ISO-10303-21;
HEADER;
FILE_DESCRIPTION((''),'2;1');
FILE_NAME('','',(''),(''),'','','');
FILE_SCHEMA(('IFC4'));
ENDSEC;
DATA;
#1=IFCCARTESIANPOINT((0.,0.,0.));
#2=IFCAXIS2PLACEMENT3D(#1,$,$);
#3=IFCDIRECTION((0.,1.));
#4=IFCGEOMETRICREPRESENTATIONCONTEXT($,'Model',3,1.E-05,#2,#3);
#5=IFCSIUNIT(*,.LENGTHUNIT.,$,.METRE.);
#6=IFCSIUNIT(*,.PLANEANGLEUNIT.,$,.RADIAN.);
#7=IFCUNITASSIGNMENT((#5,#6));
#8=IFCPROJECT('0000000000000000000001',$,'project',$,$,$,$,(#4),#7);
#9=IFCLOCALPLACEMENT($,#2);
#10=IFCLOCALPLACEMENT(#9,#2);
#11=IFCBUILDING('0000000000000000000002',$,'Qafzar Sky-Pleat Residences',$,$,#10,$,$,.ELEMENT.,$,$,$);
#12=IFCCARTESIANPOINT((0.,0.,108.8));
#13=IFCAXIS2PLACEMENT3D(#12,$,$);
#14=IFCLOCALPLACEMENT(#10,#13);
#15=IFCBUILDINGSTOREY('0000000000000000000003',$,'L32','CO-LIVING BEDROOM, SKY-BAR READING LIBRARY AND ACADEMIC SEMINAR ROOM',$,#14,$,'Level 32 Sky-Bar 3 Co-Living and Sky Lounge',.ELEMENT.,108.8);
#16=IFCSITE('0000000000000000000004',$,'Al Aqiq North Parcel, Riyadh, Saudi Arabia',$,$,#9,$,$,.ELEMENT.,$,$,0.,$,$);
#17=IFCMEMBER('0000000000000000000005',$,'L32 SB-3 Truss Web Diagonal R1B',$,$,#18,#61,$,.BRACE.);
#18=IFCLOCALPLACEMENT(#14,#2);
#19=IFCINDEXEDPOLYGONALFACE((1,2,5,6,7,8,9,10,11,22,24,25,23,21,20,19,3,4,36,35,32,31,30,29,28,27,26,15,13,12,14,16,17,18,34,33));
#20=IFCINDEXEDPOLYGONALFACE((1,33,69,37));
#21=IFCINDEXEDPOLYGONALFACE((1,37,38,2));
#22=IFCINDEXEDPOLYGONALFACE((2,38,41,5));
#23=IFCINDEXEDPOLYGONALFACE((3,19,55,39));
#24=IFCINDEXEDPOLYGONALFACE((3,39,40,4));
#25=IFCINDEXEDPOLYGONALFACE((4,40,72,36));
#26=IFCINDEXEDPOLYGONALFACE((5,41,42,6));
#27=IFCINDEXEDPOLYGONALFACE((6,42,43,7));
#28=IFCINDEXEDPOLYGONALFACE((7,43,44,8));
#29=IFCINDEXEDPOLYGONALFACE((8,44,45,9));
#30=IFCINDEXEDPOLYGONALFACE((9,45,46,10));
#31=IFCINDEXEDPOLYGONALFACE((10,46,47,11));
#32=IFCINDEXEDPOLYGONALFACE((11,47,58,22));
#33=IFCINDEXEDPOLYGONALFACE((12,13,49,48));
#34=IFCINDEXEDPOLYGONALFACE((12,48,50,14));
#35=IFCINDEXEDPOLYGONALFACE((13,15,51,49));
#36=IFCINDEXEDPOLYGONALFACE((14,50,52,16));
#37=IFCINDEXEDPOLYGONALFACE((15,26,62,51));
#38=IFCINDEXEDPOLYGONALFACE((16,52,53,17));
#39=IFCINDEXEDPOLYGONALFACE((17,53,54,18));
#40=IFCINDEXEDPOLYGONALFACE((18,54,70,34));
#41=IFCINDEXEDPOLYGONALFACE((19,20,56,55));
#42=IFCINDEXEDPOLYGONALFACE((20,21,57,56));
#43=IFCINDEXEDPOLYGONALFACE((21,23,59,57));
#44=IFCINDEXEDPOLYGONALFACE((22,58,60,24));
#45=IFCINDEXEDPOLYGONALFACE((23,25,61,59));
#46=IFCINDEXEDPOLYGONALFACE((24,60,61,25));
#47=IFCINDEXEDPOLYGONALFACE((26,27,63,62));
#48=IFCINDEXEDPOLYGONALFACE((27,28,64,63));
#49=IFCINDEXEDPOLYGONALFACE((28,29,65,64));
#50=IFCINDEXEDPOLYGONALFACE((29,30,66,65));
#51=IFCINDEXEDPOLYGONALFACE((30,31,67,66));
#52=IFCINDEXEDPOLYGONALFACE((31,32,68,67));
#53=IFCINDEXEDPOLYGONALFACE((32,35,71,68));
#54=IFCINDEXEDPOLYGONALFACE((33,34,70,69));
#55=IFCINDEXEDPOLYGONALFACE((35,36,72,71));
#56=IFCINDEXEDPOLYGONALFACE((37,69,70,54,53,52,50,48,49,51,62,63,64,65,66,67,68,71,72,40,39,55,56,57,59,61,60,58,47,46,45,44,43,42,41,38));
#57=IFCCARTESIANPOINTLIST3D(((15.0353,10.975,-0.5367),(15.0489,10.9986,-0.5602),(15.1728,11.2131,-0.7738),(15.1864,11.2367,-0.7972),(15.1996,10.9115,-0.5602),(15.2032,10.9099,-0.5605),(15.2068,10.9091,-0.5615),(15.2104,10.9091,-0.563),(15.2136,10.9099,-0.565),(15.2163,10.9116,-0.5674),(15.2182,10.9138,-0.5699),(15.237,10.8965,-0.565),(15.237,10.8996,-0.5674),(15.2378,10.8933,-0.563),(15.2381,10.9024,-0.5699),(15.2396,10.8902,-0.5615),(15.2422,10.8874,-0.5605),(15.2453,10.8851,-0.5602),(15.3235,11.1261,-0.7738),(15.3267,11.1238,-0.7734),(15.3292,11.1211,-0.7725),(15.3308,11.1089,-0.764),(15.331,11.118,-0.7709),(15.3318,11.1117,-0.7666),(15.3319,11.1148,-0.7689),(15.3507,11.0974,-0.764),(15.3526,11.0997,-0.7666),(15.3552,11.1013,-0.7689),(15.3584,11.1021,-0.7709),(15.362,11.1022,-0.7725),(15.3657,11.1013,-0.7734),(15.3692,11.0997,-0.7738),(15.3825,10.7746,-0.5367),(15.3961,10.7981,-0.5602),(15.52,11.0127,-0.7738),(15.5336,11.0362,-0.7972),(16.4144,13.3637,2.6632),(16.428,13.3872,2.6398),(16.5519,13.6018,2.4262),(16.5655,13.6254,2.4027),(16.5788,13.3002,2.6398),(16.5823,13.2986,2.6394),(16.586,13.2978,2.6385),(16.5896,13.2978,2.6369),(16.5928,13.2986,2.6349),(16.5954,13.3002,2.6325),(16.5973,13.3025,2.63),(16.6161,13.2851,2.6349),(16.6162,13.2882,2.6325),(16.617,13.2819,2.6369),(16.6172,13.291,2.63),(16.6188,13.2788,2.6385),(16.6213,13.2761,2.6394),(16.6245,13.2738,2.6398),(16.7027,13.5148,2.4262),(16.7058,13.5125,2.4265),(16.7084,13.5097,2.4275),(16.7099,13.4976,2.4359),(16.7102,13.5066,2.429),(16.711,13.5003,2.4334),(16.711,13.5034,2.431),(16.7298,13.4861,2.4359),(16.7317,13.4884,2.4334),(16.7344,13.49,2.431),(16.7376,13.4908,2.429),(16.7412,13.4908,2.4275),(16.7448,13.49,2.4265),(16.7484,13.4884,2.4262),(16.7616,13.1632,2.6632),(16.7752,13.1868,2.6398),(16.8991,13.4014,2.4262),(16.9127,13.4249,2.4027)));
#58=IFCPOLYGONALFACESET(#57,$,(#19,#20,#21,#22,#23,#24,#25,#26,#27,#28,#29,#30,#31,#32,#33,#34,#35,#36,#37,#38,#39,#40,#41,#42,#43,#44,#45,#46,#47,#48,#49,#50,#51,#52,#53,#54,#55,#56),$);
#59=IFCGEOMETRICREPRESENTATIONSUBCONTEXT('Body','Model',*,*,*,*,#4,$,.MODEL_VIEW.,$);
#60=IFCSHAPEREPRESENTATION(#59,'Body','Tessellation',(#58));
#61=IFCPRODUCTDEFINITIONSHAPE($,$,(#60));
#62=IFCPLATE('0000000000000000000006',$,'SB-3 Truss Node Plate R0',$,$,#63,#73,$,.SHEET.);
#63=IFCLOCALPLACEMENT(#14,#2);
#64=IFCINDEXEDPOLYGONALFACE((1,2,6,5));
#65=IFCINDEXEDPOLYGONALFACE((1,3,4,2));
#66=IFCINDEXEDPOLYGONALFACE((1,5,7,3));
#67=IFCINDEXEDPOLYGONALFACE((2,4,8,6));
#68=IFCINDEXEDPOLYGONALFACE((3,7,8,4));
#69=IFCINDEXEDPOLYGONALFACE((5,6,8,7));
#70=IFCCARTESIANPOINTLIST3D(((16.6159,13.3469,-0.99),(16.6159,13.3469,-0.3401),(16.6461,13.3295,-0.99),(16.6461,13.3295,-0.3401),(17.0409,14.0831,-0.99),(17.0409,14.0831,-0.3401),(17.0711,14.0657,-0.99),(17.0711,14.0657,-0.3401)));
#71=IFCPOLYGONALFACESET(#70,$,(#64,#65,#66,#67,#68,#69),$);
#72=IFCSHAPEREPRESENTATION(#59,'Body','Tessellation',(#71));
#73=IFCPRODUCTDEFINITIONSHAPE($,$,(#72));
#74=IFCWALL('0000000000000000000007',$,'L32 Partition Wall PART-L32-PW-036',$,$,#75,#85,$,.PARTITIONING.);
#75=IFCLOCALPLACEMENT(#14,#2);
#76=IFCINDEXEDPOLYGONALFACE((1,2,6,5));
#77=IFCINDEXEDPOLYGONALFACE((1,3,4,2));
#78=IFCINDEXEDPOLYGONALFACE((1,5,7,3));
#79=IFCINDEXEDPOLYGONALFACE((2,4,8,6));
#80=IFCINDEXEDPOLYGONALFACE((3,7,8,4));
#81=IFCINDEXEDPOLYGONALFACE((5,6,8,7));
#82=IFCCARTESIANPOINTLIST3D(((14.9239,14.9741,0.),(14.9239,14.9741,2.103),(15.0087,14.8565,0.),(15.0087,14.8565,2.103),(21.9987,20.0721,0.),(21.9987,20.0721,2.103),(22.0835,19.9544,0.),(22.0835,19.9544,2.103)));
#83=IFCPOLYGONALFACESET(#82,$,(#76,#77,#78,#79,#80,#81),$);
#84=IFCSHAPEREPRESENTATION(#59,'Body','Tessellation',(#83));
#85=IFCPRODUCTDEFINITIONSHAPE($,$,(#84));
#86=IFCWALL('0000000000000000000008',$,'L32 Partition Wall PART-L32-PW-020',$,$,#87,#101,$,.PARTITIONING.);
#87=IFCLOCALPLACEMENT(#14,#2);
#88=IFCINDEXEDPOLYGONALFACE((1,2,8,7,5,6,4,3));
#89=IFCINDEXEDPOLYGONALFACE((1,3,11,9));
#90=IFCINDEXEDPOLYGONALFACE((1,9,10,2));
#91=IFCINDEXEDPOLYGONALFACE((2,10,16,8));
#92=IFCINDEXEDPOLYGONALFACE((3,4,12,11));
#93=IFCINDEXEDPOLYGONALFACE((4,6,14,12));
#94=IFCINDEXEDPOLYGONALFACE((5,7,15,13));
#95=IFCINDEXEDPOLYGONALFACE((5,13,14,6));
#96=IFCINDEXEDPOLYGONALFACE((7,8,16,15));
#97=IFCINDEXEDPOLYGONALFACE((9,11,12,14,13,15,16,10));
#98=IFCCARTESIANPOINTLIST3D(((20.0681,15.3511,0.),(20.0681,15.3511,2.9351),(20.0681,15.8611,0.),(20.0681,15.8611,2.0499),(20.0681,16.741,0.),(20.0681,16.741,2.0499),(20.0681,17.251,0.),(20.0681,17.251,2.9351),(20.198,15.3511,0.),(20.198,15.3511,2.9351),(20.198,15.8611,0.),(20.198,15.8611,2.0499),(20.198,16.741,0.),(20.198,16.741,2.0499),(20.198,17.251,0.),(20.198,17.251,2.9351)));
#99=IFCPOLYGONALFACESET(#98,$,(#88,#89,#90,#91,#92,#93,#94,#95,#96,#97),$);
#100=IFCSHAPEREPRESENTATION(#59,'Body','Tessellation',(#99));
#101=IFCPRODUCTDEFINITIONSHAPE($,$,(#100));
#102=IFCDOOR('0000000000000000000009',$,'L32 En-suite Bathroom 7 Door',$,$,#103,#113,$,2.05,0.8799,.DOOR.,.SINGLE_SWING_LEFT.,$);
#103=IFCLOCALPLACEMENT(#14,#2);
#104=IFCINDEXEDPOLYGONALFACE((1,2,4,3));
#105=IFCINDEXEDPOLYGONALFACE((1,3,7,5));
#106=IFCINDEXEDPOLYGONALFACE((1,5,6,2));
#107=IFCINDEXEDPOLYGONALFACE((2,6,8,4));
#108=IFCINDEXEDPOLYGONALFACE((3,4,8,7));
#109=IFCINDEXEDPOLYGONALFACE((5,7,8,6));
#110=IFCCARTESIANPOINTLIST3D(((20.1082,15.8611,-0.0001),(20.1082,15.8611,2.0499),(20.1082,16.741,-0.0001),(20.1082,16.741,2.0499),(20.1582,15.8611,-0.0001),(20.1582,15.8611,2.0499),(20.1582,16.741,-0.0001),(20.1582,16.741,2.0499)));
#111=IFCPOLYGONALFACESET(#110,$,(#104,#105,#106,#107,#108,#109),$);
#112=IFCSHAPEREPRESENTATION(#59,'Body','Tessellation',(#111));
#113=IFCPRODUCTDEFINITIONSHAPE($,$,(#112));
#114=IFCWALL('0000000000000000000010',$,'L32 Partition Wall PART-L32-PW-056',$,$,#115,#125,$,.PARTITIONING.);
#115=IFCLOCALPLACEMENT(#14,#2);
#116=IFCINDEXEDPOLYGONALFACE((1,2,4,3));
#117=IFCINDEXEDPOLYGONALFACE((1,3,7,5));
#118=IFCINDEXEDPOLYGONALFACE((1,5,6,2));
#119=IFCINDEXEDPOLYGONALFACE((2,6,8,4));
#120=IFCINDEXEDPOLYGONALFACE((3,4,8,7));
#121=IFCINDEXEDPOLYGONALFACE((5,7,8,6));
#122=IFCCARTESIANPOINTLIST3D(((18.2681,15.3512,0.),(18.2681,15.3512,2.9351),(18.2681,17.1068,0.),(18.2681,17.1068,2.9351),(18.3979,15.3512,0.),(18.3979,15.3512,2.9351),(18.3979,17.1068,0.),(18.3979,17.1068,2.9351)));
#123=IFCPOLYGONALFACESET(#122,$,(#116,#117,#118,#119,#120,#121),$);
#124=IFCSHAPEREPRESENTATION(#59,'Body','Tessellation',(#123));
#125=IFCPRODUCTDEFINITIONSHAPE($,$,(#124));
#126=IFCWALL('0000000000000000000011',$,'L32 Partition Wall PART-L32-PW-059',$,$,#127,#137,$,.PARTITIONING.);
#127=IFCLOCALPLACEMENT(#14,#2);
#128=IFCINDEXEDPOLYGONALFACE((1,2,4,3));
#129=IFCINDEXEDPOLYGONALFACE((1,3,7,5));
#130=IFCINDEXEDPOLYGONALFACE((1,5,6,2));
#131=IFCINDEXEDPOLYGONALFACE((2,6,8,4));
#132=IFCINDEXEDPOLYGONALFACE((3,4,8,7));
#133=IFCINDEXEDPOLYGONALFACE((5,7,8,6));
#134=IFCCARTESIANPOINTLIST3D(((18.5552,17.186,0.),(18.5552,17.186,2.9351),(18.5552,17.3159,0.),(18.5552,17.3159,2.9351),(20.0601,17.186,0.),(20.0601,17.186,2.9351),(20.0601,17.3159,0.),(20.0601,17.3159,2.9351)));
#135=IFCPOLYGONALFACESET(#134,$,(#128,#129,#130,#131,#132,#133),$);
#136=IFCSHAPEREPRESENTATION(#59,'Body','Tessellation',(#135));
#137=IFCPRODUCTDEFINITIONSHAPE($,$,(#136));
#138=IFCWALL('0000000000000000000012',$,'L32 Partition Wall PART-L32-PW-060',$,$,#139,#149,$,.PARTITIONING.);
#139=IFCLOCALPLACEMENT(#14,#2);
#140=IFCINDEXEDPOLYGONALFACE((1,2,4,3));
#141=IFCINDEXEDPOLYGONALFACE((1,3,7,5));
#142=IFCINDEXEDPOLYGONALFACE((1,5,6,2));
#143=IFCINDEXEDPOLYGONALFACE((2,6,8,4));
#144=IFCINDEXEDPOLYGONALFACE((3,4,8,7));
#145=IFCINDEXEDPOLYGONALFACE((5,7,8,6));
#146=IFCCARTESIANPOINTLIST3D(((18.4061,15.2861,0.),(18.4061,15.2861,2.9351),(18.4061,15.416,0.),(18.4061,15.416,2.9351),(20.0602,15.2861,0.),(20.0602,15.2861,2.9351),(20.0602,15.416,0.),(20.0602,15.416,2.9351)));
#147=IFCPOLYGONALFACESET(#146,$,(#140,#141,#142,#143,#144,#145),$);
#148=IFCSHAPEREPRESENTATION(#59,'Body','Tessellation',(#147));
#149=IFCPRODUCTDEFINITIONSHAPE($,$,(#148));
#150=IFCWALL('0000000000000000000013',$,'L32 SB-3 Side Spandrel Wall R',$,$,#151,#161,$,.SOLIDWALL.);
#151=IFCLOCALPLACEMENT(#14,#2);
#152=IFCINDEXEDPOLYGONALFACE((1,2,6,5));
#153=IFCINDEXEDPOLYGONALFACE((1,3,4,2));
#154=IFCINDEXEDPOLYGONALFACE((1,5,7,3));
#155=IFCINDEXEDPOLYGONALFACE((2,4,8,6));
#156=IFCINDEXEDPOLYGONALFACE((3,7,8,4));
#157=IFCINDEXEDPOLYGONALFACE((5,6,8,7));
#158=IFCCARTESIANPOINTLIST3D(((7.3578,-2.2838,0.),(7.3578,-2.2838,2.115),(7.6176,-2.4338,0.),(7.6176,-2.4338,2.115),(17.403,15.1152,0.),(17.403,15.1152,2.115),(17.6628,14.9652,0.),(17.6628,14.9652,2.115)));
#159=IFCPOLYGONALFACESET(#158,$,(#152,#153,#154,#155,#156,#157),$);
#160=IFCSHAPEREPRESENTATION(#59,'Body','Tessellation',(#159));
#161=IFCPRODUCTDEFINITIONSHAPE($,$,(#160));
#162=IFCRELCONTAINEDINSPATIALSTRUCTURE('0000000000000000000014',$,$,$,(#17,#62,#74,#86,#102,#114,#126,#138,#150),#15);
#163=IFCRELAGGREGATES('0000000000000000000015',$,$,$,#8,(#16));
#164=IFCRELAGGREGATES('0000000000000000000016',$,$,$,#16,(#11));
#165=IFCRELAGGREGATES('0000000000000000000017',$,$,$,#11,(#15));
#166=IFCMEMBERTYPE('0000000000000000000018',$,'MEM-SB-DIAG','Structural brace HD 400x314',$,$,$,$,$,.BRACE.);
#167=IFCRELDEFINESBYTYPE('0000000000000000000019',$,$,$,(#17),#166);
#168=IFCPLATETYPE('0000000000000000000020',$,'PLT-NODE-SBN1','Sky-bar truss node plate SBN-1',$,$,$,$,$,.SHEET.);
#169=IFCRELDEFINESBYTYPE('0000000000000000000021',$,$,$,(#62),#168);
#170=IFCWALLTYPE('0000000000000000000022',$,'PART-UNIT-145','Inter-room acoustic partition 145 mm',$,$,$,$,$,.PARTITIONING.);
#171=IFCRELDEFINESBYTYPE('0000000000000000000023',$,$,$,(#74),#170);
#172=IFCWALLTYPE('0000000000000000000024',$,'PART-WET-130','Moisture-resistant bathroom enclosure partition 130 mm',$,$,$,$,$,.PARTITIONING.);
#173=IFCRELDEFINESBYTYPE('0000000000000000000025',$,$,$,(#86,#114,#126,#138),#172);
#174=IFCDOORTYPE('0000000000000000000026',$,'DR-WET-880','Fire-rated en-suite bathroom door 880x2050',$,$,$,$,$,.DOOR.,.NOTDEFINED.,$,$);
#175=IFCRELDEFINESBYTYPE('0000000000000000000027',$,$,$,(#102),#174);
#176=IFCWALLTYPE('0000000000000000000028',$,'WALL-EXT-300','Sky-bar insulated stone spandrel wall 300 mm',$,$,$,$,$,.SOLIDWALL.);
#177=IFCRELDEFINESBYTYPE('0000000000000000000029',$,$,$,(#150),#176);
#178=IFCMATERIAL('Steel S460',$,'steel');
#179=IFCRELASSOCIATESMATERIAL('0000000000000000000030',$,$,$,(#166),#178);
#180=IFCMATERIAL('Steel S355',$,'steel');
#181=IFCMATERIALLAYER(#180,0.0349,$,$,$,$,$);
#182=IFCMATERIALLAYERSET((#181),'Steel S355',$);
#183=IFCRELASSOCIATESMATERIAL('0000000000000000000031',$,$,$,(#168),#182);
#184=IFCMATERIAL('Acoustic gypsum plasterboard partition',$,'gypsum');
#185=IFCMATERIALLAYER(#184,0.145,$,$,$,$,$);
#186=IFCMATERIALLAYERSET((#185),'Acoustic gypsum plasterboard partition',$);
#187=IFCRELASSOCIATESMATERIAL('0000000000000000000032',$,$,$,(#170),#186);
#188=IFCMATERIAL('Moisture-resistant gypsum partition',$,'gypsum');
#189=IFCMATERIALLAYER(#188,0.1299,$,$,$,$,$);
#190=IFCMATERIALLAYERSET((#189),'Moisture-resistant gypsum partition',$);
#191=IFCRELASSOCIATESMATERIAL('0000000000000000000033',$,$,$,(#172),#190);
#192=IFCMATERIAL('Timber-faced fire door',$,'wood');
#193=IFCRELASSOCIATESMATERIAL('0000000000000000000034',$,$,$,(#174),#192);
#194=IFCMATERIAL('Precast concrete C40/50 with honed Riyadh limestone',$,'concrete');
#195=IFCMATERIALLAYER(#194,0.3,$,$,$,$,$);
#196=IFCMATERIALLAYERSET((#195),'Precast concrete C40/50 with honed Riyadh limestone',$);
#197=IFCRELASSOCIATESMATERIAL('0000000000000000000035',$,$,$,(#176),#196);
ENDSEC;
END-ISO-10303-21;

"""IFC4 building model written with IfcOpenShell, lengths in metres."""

from ifc_helpers import new_model, si_unit, direction, frame, frame_2d, origin, origin_2d, place, context, subcontext, project, spatial, rectangle, i_section, extrude, source, transform, mapped, material, layer, layer_set, material_profile, profile_set, type_object, element, fill, save


model = new_model("IFC4")

# Units and contexts
model_context = context("Model", 3, precision=1e-05, world=origin(), true_north=direction((0.0, 1.0)))
body_context = subcontext(model_context, "Body", "Model", "MODEL_VIEW")
ifc_project = project(units=[si_unit("LENGTHUNIT", "METRE"), si_unit("PLANEANGLEUNIT", "RADIAN")], contexts=[model_context])

# Site, building, storey
site_placement = place(None, origin())
site = spatial("IfcSite", under=ifc_project, at=site_placement, Name="Al Aqiq North Parcel, Riyadh, Saudi Arabia", CompositionType="ELEMENT", RefElevation=0.0)
building_placement = place(site_placement, origin())
building = spatial("IfcBuilding", under=site, at=building_placement, Name="Qafzar Sky-Pleat Residences", CompositionType="ELEMENT")
storey_placement = place(building_placement, frame((0.0, 0.0, 108.8)))
storey = spatial("IfcBuildingStorey", under=building, at=storey_placement, Name="L32", Description="CO-LIVING BEDROOM, SKY-BAR READING LIBRARY AND ACADEMIC SEMINAR ROOM", LongName="Level 32 Sky-Bar 3 Co-Living and Sky Lounge", CompositionType="ELEMENT", Elevation=108.8)

# Shared definitions
ifc_material_1 = material(Name="Steel S460", Category="steel")

# Shared definitions
ifc_material_2 = material(Name="Steel S355", Category="steel")

# Member
ifc_material_profile_1 = material_profile(ifc_material_1, i_section(OverallWidth=0.4009, OverallDepth=0.3989, WebThickness=0.0229, FlangeThickness=0.0359, FilletRadius=0.0149, at=origin_2d()), Name="HD 400x314")
ifc_profile_set_1 = profile_set([ifc_material_profile_1], Name="Steel S460")
member_type_1 = type_object("IfcMemberType", Name="MEM-SB-DIAG", Description="Structural brace HD 400x314", PredefinedType="BRACE", material=ifc_profile_set_1)
shared_shape_1 = source(origin(), body_context, "Body", "SweptSolid", [
    extrude(i_section(OverallWidth=0.4009, OverallDepth=0.3989, WebThickness=0.0229, FlangeThickness=0.0359, FilletRadius=0.0149, at=origin_2d()), origin(), (0.0, 0.0, 1.0), 4.2246),
])
member_1_placement = place(storey_placement, frame((16.6636, 13.3943, 2.533), z_axis=(-0.326455, -0.565416, -0.757451), x_axis=(0.866018, -0.500014, 0.0)))
element("IfcMember", 1, at=member_1_placement, inside=storey, type_object=member_type_1, Name="L32 SB-3 Truss Web Diagonal R1B", PredefinedType="BRACE", context=body_context, shape_type="MappedRepresentation", body=[
    mapped(shared_shape_1, transform((0.0, 0.0, 0.0), x_axis=(1.0, 0.0, 0.0), y_axis=(0.0, 1.0, 0.0), z_axis=(0.0, 0.0, 1.0), scale=1.0)),
])

# Plate
ifc_layer_1 = layer(ifc_material_2, 0.0349)
ifc_layer_set_1 = layer_set([ifc_layer_1], Name="Steel S355")
plate_type = type_object("IfcPlateType", Name="PLT-NODE-SBN1", Description="Sky-bar truss node plate SBN-1", PredefinedType="SHEET", material=ifc_layer_set_1)
shared_shape_2 = source(origin(), body_context, "Body", "SweptSolid", [
    extrude(rectangle(XDim=0.8501, YDim=0.0349, at=origin_2d()), origin(), (0.0, 0.0, 1.0), 0.6499),
])
plate_placement = place(storey_placement, frame((16.8435, 13.7063, -0.99), z_axis=(0.0, 0.0, 1.0), x_axis=(-0.5, -0.866025, 0.0)))
element("IfcPlate", 2, at=plate_placement, inside=storey, type_object=plate_type, Name="SB-3 Truss Node Plate R0", PredefinedType="SHEET", context=body_context, shape_type="MappedRepresentation", body=[
    mapped(shared_shape_2, transform((0.0, 0.0, 0.0), x_axis=(1.0, 0.0, 0.0), y_axis=(0.0, 1.0, 0.0), z_axis=(0.0, 0.0, 1.0), scale=1.0)),
])

# Wall
ifc_material_3 = material(Name="Acoustic gypsum plasterboard partition", Category="gypsum")
ifc_layer_2 = layer(ifc_material_3, 0.145)
ifc_layer_set_2 = layer_set([ifc_layer_2], Name="Acoustic gypsum plasterboard partition")
wall_type_1 = type_object("IfcWallType", Name="PART-UNIT-145", Description="Inter-room acoustic partition 145 mm", PredefinedType="PARTITIONING", material=ifc_layer_set_2)
wall_1_placement = place(storey_placement, frame((14.9663, 14.9153, 0.0), z_axis=(0.0, 0.0, 1.0), x_axis=(0.811311, 0.584615, 0.0)))
element("IfcWall", 3, at=wall_1_placement, inside=storey, type_object=wall_type_1, Name="L32 Partition Wall PART-L32-PW-036", PredefinedType="PARTITIONING", context=body_context, shape_type="SweptSolid", body=[
    extrude(rectangle(XDim=8.7202, YDim=0.145, at=frame_2d((4.3601, 0.0))), origin(), (0.0, 0.0, 1.0), 2.103),
])

# Wall, opening, door
ifc_material_4 = material(Name="Moisture-resistant gypsum partition", Category="gypsum")
ifc_layer_3 = layer(ifc_material_4, 0.1299)
ifc_layer_set_3 = layer_set([ifc_layer_3], Name="Moisture-resistant gypsum partition")
wall_type_2 = type_object("IfcWallType", Name="PART-WET-130", Description="Moisture-resistant bathroom enclosure partition 130 mm", PredefinedType="PARTITIONING", material=ifc_layer_set_3)
wall_2_placement = place(storey_placement, frame((20.1331, 15.3511, 0.0), z_axis=(0.0, 0.0, 1.0), x_axis=(0.0, 1.0, 0.0)))
wall_2 = element("IfcWall", 4, at=wall_2_placement, inside=storey, type_object=wall_type_2, Name="L32 Partition Wall PART-L32-PW-020", PredefinedType="PARTITIONING", context=body_context, shape_type="SweptSolid", body=[
    extrude(rectangle(XDim=1.8999, YDim=0.1299, at=frame_2d((0.95, 0.0))), origin(), (0.0, 0.0, 1.0), 2.9351),
])
opening_1_placement = place(wall_2_placement, frame((0.51, 0.0, 0.0)))
opening_1 = element("IfcOpeningElement", 5, at=opening_1_placement, cuts=wall_2, PredefinedType="OPENING", context=body_context, shape_type="SweptSolid", body=[
    extrude(rectangle(XDim=0.8799, YDim=2.05, at=frame_2d((0.4399, 1.0249))), frame((0.0, 0.075, 0.0), z_axis=(0.0, -1.0, 0.0), x_axis=(1.0, 0.0, 0.0)), (0.0, 0.0, 1.0), 0.1499),
])
ifc_material_5 = material(Name="Timber-faced fire door", Category="wood")
door_type = type_object("IfcDoorType", Name="DR-WET-880", Description="Fire-rated en-suite bathroom door 880x2050", OperationType="NOTDEFINED", PredefinedType="DOOR", material=ifc_material_5)
shared_shape_3 = source(origin(), body_context, "Body", "SweptSolid", [
    extrude(rectangle(XDim=0.8799, YDim=2.05, at=frame_2d((0.4399, 1.0249))), frame((0.0, 0.0249, 0.0), z_axis=(0.0, -1.0, 0.0), x_axis=(1.0, 0.0, 0.0)), (0.0, 0.0, 1.0), 0.05),
])
door_placement = place(opening_1_placement, origin())
door = element("IfcDoor", 6, at=door_placement, inside=storey, type_object=door_type, Name="L32 En-suite Bathroom 7 Door", OperationType="SINGLE_SWING_LEFT", OverallHeight=2.05, OverallWidth=0.8799, PredefinedType="DOOR", context=body_context, shape_type="MappedRepresentation", body=[
    mapped(shared_shape_3, transform((0.0, 0.0, 0.0), x_axis=(1.0, 0.0, 0.0), y_axis=(0.0, 1.0, 0.0), z_axis=(0.0, 0.0, 1.0), scale=1.0)),
])
fill(opening_1, door)

# Walls
wall_3_placement = place(storey_placement, frame((18.333, 15.3511, 0.0), z_axis=(0.0, 0.0, 1.0), x_axis=(0.0, 1.0, 0.0)))
element("IfcWall", 7, at=wall_3_placement, inside=storey, type_object=wall_type_2, Name="L32 Partition Wall PART-L32-PW-056", PredefinedType="PARTITIONING", context=body_context, shape_type="SweptSolid", body=[
    extrude(rectangle(XDim=1.7556, YDim=0.1299, at=frame_2d((0.8779, 0.0))), origin(), (0.0, 0.0, 1.0), 2.9351),
])
wall_4_placement = place(storey_placement, frame((18.5552, 17.251, 0.0), z_axis=(0.0, 0.0, 1.0), x_axis=(1.0, 0.0, 0.0)))
element("IfcWall", 8, at=wall_4_placement, inside=storey, type_object=wall_type_2, Name="L32 Partition Wall PART-L32-PW-059", PredefinedType="PARTITIONING", context=body_context, shape_type="SweptSolid", body=[
    extrude(rectangle(XDim=1.5049, YDim=0.1299, at=frame_2d((0.7524, 0.0))), origin(), (0.0, 0.0, 1.0), 2.9351),
])
wall_5_placement = place(storey_placement, frame((18.406, 15.3511, 0.0), z_axis=(0.0, 0.0, 1.0), x_axis=(1.0, 0.0, 0.0)))
element("IfcWall", 9, at=wall_5_placement, inside=storey, type_object=wall_type_2, Name="L32 Partition Wall PART-L32-PW-060", PredefinedType="PARTITIONING", context=body_context, shape_type="SweptSolid", body=[
    extrude(rectangle(XDim=1.6541, YDim=0.1299, at=frame_2d((0.8271, 0.0))), origin(), (0.0, 0.0, 1.0), 2.9351),
])
ifc_material_6 = material(Name="Precast concrete C40/50 with honed Riyadh limestone", Category="concrete")
ifc_layer_4 = layer(ifc_material_6, 0.3)
ifc_layer_set_4 = layer_set([ifc_layer_4], Name="Precast concrete C40/50 with honed Riyadh limestone")
wall_type_3 = type_object("IfcWallType", Name="WALL-EXT-300", Description="Sky-bar insulated stone spandrel wall 300 mm", PredefinedType="SOLIDWALL", material=ifc_layer_set_4)
wall_6_placement = place(storey_placement, frame((17.533, 15.0403, 0.0), z_axis=(0.0, 0.0, 1.0), x_axis=(-0.499996, -0.866028, 0.0)))
element("IfcWall", 10, at=wall_6_placement, inside=storey, type_object=wall_type_3, Name="L32 SB-3 Side Spandrel Wall R", PredefinedType="SOLIDWALL", context=body_context, shape_type="SweptSolid", body=[
    extrude(rectangle(XDim=20.0906, YDim=0.3, at=frame_2d((10.0454, 0.0))), origin(), (0.0, 0.0, 1.0), 2.115),
])

save(model, "model.ifc")
